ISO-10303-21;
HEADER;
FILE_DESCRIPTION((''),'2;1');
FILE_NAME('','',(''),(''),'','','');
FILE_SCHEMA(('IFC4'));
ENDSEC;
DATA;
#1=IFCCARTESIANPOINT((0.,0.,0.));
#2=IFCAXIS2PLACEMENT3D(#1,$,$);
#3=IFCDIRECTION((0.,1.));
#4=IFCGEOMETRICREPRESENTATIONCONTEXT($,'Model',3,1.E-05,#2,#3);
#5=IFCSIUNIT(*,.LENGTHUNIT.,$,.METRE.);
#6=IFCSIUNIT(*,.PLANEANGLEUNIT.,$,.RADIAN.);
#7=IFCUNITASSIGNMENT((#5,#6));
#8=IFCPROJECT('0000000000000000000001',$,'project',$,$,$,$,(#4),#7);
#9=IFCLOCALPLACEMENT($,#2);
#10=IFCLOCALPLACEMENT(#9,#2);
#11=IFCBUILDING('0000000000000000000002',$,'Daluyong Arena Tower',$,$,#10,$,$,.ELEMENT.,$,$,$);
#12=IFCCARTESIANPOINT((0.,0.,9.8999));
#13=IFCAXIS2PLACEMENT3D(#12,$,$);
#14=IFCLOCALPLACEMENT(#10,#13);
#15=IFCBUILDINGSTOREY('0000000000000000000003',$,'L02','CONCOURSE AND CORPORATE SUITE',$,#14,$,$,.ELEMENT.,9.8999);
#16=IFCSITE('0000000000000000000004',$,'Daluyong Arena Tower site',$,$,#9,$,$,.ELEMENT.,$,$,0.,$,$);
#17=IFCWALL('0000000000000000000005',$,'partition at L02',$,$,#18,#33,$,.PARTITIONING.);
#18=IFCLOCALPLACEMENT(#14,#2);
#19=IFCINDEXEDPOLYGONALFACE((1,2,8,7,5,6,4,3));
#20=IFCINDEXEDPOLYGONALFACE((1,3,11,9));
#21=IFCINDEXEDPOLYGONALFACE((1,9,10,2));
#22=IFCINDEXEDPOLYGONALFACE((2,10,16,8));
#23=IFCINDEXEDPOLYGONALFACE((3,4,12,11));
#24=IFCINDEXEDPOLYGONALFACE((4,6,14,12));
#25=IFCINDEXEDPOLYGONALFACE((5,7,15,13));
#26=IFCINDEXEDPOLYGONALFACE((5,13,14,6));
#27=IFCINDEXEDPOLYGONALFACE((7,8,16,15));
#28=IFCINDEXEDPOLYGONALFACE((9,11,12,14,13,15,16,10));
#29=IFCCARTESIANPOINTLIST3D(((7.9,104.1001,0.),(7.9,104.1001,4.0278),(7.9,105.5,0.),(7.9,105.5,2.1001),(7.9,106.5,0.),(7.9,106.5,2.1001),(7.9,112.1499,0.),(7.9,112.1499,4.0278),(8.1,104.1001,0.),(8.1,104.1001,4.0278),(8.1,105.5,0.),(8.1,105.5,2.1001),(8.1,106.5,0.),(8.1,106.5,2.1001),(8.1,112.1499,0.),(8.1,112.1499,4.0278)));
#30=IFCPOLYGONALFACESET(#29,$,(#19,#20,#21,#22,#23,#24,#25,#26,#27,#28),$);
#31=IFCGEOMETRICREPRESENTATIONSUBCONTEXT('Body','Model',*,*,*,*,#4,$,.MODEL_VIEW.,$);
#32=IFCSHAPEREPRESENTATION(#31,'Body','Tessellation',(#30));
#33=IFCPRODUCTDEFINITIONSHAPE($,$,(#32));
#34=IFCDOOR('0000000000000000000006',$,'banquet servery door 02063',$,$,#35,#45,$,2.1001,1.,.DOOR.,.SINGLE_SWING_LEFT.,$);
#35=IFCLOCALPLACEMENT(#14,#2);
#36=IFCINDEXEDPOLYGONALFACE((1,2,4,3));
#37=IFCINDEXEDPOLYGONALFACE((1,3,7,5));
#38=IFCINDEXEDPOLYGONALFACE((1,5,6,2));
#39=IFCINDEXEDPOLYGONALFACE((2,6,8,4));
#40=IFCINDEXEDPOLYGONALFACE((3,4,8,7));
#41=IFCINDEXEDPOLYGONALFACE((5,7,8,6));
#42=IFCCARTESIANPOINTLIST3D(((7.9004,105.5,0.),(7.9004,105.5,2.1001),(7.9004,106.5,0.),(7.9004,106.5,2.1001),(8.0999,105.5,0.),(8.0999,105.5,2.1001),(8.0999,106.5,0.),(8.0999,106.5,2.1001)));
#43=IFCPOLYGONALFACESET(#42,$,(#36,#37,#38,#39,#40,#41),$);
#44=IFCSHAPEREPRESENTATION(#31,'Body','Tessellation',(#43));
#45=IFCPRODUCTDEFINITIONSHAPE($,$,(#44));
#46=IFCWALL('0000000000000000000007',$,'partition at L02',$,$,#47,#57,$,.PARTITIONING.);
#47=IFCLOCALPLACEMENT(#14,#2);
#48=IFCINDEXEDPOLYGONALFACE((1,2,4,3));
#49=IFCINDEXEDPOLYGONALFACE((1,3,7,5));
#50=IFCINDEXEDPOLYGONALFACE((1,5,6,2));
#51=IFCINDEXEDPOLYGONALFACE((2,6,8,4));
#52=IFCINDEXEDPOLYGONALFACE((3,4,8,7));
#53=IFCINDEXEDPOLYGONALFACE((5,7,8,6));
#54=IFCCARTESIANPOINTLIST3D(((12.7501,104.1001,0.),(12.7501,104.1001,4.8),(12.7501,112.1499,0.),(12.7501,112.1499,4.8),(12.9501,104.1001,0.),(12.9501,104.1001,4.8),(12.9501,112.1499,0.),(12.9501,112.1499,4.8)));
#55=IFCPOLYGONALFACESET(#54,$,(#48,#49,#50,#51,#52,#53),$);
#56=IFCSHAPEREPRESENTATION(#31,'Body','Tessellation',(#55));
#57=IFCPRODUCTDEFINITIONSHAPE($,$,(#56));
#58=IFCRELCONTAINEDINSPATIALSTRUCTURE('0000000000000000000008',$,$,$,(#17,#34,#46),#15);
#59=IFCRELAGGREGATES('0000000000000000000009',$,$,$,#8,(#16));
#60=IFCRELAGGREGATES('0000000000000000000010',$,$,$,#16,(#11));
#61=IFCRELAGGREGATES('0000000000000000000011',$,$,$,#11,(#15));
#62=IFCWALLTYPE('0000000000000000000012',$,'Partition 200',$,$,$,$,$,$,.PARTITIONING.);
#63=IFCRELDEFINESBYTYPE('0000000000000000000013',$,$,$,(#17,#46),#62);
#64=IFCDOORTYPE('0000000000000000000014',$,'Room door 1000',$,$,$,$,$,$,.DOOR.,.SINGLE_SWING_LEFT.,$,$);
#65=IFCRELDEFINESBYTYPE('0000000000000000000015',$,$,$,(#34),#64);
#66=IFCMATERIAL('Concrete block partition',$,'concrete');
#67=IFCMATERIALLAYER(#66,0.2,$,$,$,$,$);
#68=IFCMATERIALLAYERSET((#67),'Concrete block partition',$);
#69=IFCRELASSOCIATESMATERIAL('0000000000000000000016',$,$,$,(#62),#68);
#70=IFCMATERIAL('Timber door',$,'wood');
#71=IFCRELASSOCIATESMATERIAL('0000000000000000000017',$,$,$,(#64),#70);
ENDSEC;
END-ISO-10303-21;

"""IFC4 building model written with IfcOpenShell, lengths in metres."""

from ifc_helpers import new_model, si_unit, direction, frame, frame_2d, origin, place, context, subcontext, project, spatial, rectangle, extrude, material, layer, layer_set, type_object, element, fill, save


model = new_model("IFC4")

# Units and contexts
model_context = context("Model", 3, precision=1e-05, world=origin(), true_north=direction((0.0, 1.0)))
body_context = subcontext(model_context, "Body", "Model", "MODEL_VIEW")
ifc_project = project(units=[si_unit("LENGTHUNIT", "METRE"), si_unit("PLANEANGLEUNIT", "RADIAN")], contexts=[model_context])

# Site, building, storey
site_placement = place(None, origin())
site = spatial("IfcSite", under=ifc_project, at=site_placement, Name="Daluyong Arena Tower site", CompositionType="ELEMENT", RefElevation=0.0)
building_placement = place(site_placement, origin())
building = spatial("IfcBuilding", under=site, at=building_placement, Name="Daluyong Arena Tower", CompositionType="ELEMENT")
storey_placement = place(building_placement, frame((0.0, 0.0, 9.8999)))
storey = spatial("IfcBuildingStorey", under=building, at=storey_placement, Name="L02", Description="CONCOURSE AND CORPORATE SUITE", CompositionType="ELEMENT", Elevation=9.8999)

# Shared definitions
ifc_material_1 = material(Name="Concrete block partition", Category="concrete")
ifc_layer = layer(ifc_material_1, 0.2)
ifc_layer_set = layer_set([ifc_layer], Name="Concrete block partition")
wall_type = type_object("IfcWallType", Name="Partition 200", PredefinedType="PARTITIONING", material=ifc_layer_set)
ifc_material_2 = material(Name="Timber door", Category="wood")
door_type_1 = type_object("IfcDoorType", Name="Room door 1000", OperationType="SINGLE_SWING_LEFT", PredefinedType="DOOR", material=ifc_material_2)

# Wall, opening, door
wall_1_placement = place(storey_placement, frame((8.0, 104.1001, 0.0), z_axis=(0.0, 0.0, 1.0), x_axis=(0.0, 1.0, 0.0)))
wall_1 = element("IfcWall", 1, at=wall_1_placement, inside=storey, type_object=wall_type, Name="partition at L02", PredefinedType="PARTITIONING", context=body_context, shape_type="SweptSolid", body=[
    extrude(rectangle(XDim=8.0498, YDim=0.2, at=frame_2d((4.0249, 0.0))), origin(), (0.0, 0.0, 1.0), 4.0278),
])
opening_1_placement = place(wall_1_placement, frame((1.3999, 0.0, 0.0)))
opening_1 = element("IfcOpeningElement", 2, at=opening_1_placement, cuts=wall_1, PredefinedType="OPENING", context=body_context, shape_type="SweptSolid", body=[
    extrude(rectangle(XDim=1.0, YDim=2.1001, at=frame_2d((0.5, 1.05))), frame((0.0, 0.1099, 0.0), z_axis=(0.0, -1.0, 0.0), x_axis=(1.0, 0.0, 0.0)), (0.0, 0.0, 1.0), 0.22),
])
door_1_placement = place(opening_1_placement, origin())
door_1 = element("IfcDoor", 3, at=door_1_placement, inside=storey, type_object=door_type_1, Name="banquet servery door 02063", OperationType="SINGLE_SWING_LEFT", OverallHeight=2.1001, OverallWidth=1.0, PredefinedType="DOOR", context=body_context, shape_type="SweptSolid", body=[
    extrude(rectangle(XDim=1.0, YDim=2.1001, at=frame_2d((0.5, 1.05))), frame((0.0, 0.0996, 0.0), z_axis=(0.0, -1.0, 0.0), x_axis=(1.0, 0.0, 0.0)), (0.0, 0.0, 1.0), 0.1995),
])
fill(opening_1, door_1)

# Wall
wall_2_placement = place(storey_placement, frame((12.8501, 104.1001, 0.0), z_axis=(0.0, 0.0, 1.0), x_axis=(0.0, 1.0, 0.0)))
element("IfcWall", 4, at=wall_2_placement, inside=storey, type_object=wall_type, Name="partition at L02", PredefinedType="PARTITIONING", context=body_context, shape_type="SweptSolid", body=[
    extrude(rectangle(XDim=8.0498, YDim=0.2, at=frame_2d((4.0249, 0.0))), origin(), (0.0, 0.0, 1.0), 4.8),
])

save(model, "model.ifc")
